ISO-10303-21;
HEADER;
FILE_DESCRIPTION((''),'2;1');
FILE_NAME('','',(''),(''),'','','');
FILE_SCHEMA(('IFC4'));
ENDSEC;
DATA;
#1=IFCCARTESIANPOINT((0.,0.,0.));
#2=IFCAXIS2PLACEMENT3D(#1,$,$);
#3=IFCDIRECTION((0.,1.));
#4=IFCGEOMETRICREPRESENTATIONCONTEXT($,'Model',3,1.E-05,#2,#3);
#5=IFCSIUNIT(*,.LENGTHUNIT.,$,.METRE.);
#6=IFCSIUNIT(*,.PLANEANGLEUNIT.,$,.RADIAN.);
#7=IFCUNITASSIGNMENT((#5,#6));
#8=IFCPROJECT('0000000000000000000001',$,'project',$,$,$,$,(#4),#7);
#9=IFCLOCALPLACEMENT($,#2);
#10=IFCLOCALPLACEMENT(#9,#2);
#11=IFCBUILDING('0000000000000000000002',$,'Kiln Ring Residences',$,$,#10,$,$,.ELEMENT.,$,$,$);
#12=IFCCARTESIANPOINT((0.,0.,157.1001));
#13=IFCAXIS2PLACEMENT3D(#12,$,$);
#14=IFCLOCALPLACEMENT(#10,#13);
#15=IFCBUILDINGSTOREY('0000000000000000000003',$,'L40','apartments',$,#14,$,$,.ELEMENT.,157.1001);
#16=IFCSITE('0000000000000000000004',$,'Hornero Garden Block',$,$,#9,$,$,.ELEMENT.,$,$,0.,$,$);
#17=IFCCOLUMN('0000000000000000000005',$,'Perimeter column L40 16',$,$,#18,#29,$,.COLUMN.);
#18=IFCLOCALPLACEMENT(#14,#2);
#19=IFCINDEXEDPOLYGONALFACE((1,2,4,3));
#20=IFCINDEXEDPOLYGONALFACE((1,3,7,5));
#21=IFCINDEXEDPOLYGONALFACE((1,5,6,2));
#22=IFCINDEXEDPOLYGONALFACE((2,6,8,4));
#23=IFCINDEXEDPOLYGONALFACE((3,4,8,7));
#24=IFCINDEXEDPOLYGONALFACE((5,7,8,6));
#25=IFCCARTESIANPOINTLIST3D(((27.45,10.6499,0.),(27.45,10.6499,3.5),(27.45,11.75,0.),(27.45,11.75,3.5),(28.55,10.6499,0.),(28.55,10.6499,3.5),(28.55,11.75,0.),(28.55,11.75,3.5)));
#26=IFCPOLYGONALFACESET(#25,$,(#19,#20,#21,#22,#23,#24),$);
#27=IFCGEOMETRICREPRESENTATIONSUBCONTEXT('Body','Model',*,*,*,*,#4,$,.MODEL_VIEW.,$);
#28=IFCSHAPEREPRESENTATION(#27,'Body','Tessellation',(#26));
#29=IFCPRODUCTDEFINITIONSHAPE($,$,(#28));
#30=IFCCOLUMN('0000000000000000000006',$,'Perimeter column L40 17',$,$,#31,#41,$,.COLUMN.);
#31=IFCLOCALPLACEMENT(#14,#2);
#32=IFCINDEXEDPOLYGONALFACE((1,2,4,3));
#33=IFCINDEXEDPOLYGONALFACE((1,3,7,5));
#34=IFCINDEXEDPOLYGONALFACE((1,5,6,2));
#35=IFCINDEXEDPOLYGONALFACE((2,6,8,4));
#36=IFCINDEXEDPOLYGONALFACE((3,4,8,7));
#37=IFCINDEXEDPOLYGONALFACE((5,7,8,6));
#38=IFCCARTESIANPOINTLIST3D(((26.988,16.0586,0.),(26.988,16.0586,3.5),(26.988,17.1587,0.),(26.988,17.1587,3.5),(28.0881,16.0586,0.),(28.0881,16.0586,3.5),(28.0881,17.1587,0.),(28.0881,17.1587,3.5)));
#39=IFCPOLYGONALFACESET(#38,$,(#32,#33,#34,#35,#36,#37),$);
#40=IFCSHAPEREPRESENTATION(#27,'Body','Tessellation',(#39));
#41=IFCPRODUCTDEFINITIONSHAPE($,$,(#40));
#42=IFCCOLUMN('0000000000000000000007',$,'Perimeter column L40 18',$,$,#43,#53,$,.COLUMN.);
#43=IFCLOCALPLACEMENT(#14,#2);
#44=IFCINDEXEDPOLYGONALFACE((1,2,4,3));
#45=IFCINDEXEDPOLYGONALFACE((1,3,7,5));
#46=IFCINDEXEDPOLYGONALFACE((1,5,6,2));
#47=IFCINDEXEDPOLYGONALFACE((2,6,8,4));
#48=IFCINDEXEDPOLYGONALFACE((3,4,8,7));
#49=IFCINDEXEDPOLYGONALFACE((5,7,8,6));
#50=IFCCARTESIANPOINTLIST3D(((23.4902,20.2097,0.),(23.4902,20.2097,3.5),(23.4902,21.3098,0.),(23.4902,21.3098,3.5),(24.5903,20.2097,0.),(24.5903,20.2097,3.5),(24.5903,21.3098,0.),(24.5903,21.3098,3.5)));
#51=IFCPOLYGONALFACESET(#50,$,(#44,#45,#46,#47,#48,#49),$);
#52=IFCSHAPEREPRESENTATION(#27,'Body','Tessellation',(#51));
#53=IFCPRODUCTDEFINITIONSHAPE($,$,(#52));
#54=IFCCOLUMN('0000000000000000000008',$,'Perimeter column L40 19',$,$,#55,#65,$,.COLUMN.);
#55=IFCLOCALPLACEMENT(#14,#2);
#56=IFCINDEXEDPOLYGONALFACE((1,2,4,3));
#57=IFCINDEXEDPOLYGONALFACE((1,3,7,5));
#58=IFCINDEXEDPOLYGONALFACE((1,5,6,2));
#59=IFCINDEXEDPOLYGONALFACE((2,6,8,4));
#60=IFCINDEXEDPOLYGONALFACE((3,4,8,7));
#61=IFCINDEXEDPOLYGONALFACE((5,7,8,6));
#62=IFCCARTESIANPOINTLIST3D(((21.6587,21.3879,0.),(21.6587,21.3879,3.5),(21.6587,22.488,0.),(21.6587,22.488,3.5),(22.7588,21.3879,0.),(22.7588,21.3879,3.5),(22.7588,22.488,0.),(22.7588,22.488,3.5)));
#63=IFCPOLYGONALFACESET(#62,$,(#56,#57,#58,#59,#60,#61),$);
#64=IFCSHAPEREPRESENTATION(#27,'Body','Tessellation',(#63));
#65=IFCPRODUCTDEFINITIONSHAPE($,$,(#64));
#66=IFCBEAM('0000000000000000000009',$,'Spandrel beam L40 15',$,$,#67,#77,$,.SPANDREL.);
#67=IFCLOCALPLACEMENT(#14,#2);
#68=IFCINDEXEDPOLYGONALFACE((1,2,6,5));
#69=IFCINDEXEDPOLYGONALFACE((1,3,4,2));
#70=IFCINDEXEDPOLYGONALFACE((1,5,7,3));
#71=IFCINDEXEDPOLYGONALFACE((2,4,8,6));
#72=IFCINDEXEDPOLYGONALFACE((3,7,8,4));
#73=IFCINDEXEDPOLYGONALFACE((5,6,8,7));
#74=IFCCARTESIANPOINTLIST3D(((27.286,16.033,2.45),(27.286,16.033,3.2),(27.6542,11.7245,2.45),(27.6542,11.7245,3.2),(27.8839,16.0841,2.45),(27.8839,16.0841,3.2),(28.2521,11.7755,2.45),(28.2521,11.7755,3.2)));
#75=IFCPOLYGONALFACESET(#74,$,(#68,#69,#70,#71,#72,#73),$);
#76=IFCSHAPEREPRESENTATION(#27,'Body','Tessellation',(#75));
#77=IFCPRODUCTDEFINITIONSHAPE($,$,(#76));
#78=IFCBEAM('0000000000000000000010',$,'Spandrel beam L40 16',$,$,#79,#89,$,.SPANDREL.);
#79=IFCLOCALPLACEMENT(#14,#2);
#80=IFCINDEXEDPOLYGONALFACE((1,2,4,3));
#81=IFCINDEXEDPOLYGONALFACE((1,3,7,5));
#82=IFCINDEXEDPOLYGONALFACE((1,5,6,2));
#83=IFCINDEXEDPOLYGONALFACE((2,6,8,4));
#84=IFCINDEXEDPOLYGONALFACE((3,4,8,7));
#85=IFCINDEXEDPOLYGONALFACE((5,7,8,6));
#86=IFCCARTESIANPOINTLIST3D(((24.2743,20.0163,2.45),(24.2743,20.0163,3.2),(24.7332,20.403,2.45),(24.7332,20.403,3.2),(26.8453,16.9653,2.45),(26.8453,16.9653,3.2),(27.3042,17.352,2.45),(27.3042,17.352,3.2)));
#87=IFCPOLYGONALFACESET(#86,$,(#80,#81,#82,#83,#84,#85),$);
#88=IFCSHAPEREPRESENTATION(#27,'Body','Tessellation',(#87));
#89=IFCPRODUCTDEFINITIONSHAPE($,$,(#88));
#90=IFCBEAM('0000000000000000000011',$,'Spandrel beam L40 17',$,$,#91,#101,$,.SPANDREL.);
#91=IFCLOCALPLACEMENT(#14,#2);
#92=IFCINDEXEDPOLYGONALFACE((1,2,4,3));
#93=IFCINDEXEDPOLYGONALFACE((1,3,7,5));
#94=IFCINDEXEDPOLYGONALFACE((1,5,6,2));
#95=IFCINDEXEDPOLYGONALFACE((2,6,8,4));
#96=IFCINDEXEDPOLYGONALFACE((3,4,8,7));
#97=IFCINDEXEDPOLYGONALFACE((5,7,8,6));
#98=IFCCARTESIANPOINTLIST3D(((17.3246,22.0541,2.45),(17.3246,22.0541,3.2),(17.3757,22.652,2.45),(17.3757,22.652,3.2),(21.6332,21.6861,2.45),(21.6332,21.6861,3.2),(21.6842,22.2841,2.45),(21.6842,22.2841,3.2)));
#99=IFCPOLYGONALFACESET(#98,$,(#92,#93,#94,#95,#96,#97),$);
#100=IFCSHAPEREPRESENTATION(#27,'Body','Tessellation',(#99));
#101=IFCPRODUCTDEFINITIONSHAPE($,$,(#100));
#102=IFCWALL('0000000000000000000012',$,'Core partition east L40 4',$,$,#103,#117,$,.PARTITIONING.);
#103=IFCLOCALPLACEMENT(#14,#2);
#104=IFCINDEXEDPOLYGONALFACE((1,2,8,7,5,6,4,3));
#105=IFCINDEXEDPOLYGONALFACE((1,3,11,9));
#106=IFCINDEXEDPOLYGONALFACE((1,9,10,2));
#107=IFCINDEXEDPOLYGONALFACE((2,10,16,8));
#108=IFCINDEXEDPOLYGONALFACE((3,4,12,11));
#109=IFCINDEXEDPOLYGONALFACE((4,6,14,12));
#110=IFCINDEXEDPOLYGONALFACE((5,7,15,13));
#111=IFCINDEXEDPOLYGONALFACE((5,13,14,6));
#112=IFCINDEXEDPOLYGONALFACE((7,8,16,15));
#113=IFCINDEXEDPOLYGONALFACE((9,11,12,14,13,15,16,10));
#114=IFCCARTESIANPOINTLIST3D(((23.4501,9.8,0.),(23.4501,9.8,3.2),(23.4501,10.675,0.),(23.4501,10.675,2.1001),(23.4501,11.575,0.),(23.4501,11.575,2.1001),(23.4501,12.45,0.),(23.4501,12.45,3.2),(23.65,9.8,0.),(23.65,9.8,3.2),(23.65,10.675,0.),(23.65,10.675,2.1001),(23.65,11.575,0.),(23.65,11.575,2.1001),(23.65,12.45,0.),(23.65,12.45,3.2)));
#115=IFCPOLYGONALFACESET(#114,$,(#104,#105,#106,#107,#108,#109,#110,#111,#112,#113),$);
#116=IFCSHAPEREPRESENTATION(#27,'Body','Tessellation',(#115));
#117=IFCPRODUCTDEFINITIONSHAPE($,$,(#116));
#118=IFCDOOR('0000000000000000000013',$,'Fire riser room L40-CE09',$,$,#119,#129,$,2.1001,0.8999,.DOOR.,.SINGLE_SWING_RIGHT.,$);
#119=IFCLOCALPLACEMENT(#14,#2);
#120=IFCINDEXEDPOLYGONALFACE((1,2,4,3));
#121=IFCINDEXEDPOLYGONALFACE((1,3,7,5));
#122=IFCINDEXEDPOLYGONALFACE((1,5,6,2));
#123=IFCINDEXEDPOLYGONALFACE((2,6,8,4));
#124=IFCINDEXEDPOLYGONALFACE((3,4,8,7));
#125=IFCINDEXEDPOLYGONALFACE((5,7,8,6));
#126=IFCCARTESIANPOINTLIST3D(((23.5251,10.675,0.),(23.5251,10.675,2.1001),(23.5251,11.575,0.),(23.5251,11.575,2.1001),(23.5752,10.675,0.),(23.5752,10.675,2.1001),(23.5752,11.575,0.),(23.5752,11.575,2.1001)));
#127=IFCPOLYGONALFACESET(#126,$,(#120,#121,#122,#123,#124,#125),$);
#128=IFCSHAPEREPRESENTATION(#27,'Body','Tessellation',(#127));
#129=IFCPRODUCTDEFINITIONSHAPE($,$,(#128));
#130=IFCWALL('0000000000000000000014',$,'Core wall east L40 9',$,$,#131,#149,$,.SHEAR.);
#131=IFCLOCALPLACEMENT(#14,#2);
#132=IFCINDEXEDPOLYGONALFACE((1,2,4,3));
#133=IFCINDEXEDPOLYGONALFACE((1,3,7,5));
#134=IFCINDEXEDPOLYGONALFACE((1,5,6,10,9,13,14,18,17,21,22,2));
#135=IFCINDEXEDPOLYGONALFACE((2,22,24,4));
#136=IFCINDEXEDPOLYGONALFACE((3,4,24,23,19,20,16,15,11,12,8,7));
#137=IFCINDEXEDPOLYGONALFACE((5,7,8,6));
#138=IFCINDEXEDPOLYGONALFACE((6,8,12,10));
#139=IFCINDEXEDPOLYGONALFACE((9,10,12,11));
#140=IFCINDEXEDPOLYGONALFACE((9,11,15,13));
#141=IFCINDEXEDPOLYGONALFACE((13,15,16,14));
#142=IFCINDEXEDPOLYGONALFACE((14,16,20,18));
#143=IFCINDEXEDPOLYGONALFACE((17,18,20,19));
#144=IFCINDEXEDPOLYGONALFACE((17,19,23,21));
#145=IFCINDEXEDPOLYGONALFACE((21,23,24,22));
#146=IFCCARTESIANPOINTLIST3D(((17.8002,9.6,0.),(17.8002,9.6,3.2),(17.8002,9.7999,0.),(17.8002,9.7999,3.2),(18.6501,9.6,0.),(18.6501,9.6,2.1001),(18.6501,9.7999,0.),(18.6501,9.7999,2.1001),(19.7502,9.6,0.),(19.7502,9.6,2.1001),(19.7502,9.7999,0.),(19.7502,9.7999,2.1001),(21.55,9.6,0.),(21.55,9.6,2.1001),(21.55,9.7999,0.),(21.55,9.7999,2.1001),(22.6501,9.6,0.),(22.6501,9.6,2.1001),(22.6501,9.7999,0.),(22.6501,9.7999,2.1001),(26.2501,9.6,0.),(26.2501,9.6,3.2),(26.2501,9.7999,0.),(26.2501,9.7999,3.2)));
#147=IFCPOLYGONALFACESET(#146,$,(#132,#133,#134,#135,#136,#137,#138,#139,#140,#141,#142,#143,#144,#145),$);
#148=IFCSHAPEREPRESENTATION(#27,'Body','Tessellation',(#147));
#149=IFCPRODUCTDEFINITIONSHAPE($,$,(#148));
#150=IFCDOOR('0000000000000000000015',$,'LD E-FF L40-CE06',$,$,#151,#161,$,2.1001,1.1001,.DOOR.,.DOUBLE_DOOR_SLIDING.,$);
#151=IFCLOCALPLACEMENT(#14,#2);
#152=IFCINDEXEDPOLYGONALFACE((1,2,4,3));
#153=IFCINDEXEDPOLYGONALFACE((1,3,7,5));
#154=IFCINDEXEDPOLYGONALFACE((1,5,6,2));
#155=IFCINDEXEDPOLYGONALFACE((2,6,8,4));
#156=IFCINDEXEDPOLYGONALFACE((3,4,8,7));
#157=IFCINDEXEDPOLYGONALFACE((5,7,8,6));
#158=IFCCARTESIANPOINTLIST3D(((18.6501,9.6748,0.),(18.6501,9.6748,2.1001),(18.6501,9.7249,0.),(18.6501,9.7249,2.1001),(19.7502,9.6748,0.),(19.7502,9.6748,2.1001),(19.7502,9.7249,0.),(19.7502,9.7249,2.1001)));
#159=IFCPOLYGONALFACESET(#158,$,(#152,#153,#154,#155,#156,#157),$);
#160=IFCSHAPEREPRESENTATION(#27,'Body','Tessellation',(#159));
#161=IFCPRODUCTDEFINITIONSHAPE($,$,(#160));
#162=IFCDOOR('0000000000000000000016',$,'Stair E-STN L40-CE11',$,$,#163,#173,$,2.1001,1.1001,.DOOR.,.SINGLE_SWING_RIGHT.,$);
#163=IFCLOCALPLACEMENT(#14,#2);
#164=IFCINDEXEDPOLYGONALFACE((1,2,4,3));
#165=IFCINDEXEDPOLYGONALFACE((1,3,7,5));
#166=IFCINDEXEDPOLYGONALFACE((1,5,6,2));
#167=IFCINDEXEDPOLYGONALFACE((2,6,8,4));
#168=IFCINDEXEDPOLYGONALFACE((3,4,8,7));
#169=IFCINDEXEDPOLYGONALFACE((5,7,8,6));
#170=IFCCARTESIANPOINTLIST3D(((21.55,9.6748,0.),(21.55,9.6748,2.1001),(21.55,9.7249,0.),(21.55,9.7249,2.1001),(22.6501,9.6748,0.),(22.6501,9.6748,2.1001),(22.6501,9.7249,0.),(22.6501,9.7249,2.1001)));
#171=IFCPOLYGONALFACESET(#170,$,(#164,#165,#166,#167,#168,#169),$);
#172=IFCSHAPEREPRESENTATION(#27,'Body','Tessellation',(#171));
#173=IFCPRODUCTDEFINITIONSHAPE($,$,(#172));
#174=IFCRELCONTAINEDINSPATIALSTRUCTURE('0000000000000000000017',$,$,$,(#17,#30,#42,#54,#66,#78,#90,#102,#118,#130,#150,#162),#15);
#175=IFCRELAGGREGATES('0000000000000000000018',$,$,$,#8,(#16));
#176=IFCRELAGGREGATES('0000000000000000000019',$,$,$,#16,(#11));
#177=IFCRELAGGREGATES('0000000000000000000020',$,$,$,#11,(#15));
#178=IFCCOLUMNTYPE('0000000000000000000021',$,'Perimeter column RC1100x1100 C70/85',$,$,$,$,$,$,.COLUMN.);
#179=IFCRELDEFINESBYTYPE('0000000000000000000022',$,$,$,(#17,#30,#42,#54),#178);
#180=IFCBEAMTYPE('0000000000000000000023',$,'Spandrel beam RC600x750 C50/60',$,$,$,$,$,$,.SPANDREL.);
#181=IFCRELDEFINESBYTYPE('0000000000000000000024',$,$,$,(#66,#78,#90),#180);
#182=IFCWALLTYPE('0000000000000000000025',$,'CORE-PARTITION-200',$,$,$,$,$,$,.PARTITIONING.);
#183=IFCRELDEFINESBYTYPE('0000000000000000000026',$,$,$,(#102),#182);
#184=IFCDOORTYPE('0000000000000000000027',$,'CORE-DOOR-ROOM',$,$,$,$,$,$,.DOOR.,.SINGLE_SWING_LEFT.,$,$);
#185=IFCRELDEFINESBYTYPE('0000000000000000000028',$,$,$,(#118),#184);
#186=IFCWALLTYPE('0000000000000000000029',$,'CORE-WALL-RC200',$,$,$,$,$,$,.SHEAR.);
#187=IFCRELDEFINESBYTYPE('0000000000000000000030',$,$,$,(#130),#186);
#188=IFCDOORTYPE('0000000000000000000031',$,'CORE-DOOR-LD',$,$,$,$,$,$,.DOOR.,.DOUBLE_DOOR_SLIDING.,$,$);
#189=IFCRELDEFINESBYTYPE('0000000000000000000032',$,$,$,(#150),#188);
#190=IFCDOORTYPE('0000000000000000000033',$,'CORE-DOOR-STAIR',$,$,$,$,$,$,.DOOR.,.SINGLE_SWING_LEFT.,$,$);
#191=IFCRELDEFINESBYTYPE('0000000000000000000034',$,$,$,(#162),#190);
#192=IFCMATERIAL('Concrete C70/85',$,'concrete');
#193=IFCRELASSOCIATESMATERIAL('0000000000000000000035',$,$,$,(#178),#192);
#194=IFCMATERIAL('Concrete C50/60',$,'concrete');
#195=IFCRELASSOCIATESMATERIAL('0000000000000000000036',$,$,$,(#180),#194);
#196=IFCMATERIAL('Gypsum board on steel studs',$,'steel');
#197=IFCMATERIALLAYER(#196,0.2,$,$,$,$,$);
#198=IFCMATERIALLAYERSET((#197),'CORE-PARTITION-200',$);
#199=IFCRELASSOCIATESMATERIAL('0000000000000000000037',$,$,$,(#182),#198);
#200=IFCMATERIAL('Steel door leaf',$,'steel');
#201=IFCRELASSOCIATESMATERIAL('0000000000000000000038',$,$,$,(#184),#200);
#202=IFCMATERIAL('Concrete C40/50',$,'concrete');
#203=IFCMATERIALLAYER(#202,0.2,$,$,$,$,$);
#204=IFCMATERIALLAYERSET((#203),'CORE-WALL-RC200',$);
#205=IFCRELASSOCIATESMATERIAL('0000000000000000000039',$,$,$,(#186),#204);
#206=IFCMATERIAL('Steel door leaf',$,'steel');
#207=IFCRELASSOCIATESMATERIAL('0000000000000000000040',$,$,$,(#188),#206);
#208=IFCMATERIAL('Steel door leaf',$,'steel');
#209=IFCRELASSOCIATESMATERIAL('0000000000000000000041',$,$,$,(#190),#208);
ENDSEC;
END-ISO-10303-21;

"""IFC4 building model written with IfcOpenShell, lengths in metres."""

from ifc_helpers import new_model, si_unit, direction, frame, frame_2d, origin, origin_2d, place, context, subcontext, project, spatial, rectangle, extrude, material, layer, layer_set, material_profile, profile_set, type_object, element, fill, save


model = new_model("IFC4")

# Units and contexts
model_context = context("Model", 3, precision=1e-05, world=origin(), true_north=direction((0.0, 1.0)))
body_context = subcontext(model_context, "Body", "Model", "MODEL_VIEW")
ifc_project = project(units=[si_unit("LENGTHUNIT", "METRE"), si_unit("PLANEANGLEUNIT", "RADIAN")], contexts=[model_context])

# Site, building, storey
site_placement = place(None, origin())
site = spatial("IfcSite", under=ifc_project, at=site_placement, Name="Hornero Garden Block", CompositionType="ELEMENT", RefElevation=0.0)
building_placement = place(site_placement, origin())
building = spatial("IfcBuilding", under=site, at=building_placement, Name="Kiln Ring Residences", CompositionType="ELEMENT")
storey_placement = place(building_placement, frame((0.0, 0.0, 157.1001)))
storey = spatial("IfcBuildingStorey", under=building, at=storey_placement, Name="L40", Description="apartments", CompositionType="ELEMENT", Elevation=157.1001)

# Columns
ifc_material_1 = material(Name="Concrete C70/85", Category="concrete")
ifc_material_profile_1 = material_profile(ifc_material_1, rectangle(XDim=1.1001, YDim=1.1001, at=origin_2d()), Name="RC1100x1100")
ifc_profile_set_1 = profile_set([ifc_material_profile_1], Name="Concrete C70/85")
column_type = type_object("IfcColumnType", Name="Perimeter column RC1100x1100 C70/85", PredefinedType="COLUMN", material=ifc_profile_set_1)
for number, where, z_axis, x_axis, name in (
    (1, (28.0, 11.2, 0.0), (0.0, 0.0, 1.0), (1.0, 0.0, 0.0), "Perimeter column L40 16"),
    (2, (27.5381, 16.6086, 0.0), (0.0, 0.0, 1.0), (1.0, 0.0, 0.0), "Perimeter column L40 17"),
    (3, (24.0403, 20.7598, 0.0), (0.0, 0.0, 1.0), (1.0, 0.0, 0.0), "Perimeter column L40 18"),
    (4, (22.2087, 21.938, 0.0), (0.0, 0.0, 1.0), (1.0, 0.0, 0.0), "Perimeter column L40 19"),
):
    element("IfcColumn", number, at=place(storey_placement, frame(where, z_axis=z_axis, x_axis=x_axis)), inside=storey, type_object=column_type, Name=name, PredefinedType="COLUMN", context=body_context, shape_type="SweptSolid", body=[
        extrude(rectangle(XDim=1.1001, YDim=1.1001, at=origin_2d()), origin(), (0.0, 0.0, 1.0), 3.5),
    ])

# Beams
ifc_material_2 = material(Name="Concrete C50/60", Category="concrete")
ifc_material_profile_2 = material_profile(ifc_material_2, rectangle(XDim=0.6001, YDim=0.75, at=origin_2d()), Name="RC600x750")
ifc_profile_set_2 = profile_set([ifc_material_profile_2], Name="Concrete C50/60")
beam_type = type_object("IfcBeamType", Name="Spandrel beam RC600x750 C50/60", PredefinedType="SPANDREL", material=ifc_profile_set_2)
beam_1_placement = place(storey_placement, frame((27.9531, 11.75, 2.825), z_axis=(-0.085139, 0.996369, 0.0), x_axis=(-0.996369, -0.085139, 0.0)))
element("IfcBeam", 5, at=beam_1_placement, inside=storey, type_object=beam_type, Name="Spandrel beam L40 15", PredefinedType="SPANDREL", context=body_context, shape_type="SweptSolid", body=[
    extrude(rectangle(XDim=0.6001, YDim=0.75, at=origin_2d()), origin(), (0.0, 0.0, 1.0), 4.3242),
])
beam_2_placement = place(storey_placement, frame((27.0747, 17.1587, 2.825), z_axis=(-0.644394, 0.764694, 0.0), x_axis=(-0.764694, -0.644394, 0.0)))
element("IfcBeam", 6, at=beam_2_placement, inside=storey, type_object=beam_type, Name="Spandrel beam L40 16", PredefinedType="SPANDREL", context=body_context, shape_type="SweptSolid", body=[
    extrude(rectangle(XDim=0.6001, YDim=0.75, at=origin_2d()), origin(), (0.0, 0.0, 1.0), 3.9897),
])
beam_3_placement = place(storey_placement, frame((21.6587, 21.9851, 2.825), z_axis=(-0.996374, 0.085082, 0.0), x_axis=(-0.085082, -0.996374, 0.0)))
element("IfcBeam", 7, at=beam_3_placement, inside=storey, type_object=beam_type, Name="Spandrel beam L40 17", PredefinedType="SPANDREL", context=body_context, shape_type="SweptSolid", body=[
    extrude(rectangle(XDim=0.6001, YDim=0.75, at=origin_2d()), origin(), (0.0, 0.0, 1.0), 4.3242),
])

# Wall, opening, door
ifc_material_3 = material(Name="Gypsum board on steel studs", Category="steel")
ifc_layer_1 = layer(ifc_material_3, 0.2)
ifc_layer_set_1 = layer_set([ifc_layer_1], Name="CORE-PARTITION-200")
wall_type_1 = type_object("IfcWallType", Name="CORE-PARTITION-200", PredefinedType="PARTITIONING", material=ifc_layer_set_1)
wall_1_placement = place(storey_placement, frame((23.55, 9.8, 0.0), z_axis=(0.0, 0.0, 1.0), x_axis=(0.0, 1.0, 0.0)))
wall_1 = element("IfcWall", 8, at=wall_1_placement, inside=storey, type_object=wall_type_1, Name="Core partition east L40 4", PredefinedType="PARTITIONING", context=body_context, shape_type="SweptSolid", body=[
    extrude(rectangle(XDim=2.6499, YDim=0.2, at=frame_2d((1.325, 0.0))), origin(), (0.0, 0.0, 1.0), 3.2),
])
opening_1_placement = place(wall_1_placement, frame((0.875, 0.0, 0.0)))
opening_1 = element("IfcOpeningElement", 9, at=opening_1_placement, cuts=wall_1, PredefinedType="OPENING", context=body_context, shape_type="SweptSolid", body=[
    extrude(rectangle(XDim=0.8999, YDim=2.1001, at=frame_2d((0.45, 1.05))), frame((0.0, 0.1099, 0.0), z_axis=(0.0, -1.0, 0.0), x_axis=(1.0, 0.0, 0.0)), (0.0, 0.0, 1.0), 0.22),
])
ifc_material_4 = material(Name="Steel door leaf", Category="steel")
door_type_1 = type_object("IfcDoorType", Name="CORE-DOOR-ROOM", OperationType="SINGLE_SWING_LEFT", PredefinedType="DOOR", material=ifc_material_4)
door_1_placement = place(opening_1_placement, origin())
door_1 = element("IfcDoor", 10, at=door_1_placement, inside=storey, type_object=door_type_1, Name="Fire riser room L40-CE09", OperationType="SINGLE_SWING_RIGHT", OverallHeight=2.1001, OverallWidth=0.8999, PredefinedType="DOOR", context=body_context, shape_type="SweptSolid", body=[
    extrude(rectangle(XDim=0.8999, YDim=2.1001, at=frame_2d((0.45, 1.05))), frame((0.0, 0.0249, 0.0), z_axis=(0.0, -1.0, 0.0), x_axis=(1.0, 0.0, 0.0)), (0.0, 0.0, 1.0), 0.05),
])
fill(opening_1, door_1)

# Wall, openings, doors
ifc_material_5 = material(Name="Concrete C40/50", Category="concrete")
ifc_layer_2 = layer(ifc_material_5, 0.2)
ifc_layer_set_2 = layer_set([ifc_layer_2], Name="CORE-WALL-RC200")
wall_type_2 = type_object("IfcWallType", Name="CORE-WALL-RC200", PredefinedType="SHEAR", material=ifc_layer_set_2)
wall_2_placement = place(storey_placement, frame((17.8, 9.7, 0.0), z_axis=(0.0, 0.0, 1.0), x_axis=(1.0, 0.0, 0.0)))
wall_2 = element("IfcWall", 11, at=wall_2_placement, inside=storey, type_object=wall_type_2, Name="Core wall east L40 9", PredefinedType="SHEAR", context=body_context, shape_type="SweptSolid", body=[
    extrude(rectangle(XDim=8.45, YDim=0.2, at=frame_2d((4.2251, 0.0))), origin(), (0.0, 0.0, 1.0), 3.2),
])
opening_2_placement = place(wall_2_placement, frame((0.8501, 0.0, 0.0)))
opening_2 = element("IfcOpeningElement", 12, at=opening_2_placement, cuts=wall_2, PredefinedType="OPENING", context=body_context, shape_type="SweptSolid", body=[
    extrude(rectangle(XDim=1.1001, YDim=2.1001, at=frame_2d((0.55, 1.05))), frame((0.0, 0.1099, 0.0), z_axis=(0.0, -1.0, 0.0), x_axis=(1.0, 0.0, 0.0)), (0.0, 0.0, 1.0), 0.22),
])
opening_3_placement = place(wall_2_placement, frame((3.75, 0.0, 0.0)))
opening_3 = element("IfcOpeningElement", 13, at=opening_3_placement, cuts=wall_2, PredefinedType="OPENING", context=body_context, shape_type="SweptSolid", body=[
    extrude(rectangle(XDim=1.1001, YDim=2.1001, at=frame_2d((0.55, 1.05))), frame((0.0, 0.1099, 0.0), z_axis=(0.0, -1.0, 0.0), x_axis=(1.0, 0.0, 0.0)), (0.0, 0.0, 1.0), 0.22),
])
ifc_material_6 = material(Name="Steel door leaf", Category="steel")
door_type_2 = type_object("IfcDoorType", Name="CORE-DOOR-LD", OperationType="DOUBLE_DOOR_SLIDING", PredefinedType="DOOR", material=ifc_material_6)
door_2_placement = place(opening_2_placement, origin())
door_2 = element("IfcDoor", 14, at=door_2_placement, inside=storey, type_object=door_type_2, Name="LD E-FF L40-CE06", OperationType="DOUBLE_DOOR_SLIDING", OverallHeight=2.1001, OverallWidth=1.1001, PredefinedType="DOOR", context=body_context, shape_type="SweptSolid", body=[
    extrude(rectangle(XDim=1.1001, YDim=2.1001, at=frame_2d((0.55, 1.05))), frame((0.0, 0.0249, 0.0), z_axis=(0.0, -1.0, 0.0), x_axis=(1.0, 0.0, 0.0)), (0.0, 0.0, 1.0), 0.05),
])
fill(opening_2, door_2)
ifc_material_7 = material(Name="Steel door leaf", Category="steel")
door_type_3 = type_object("IfcDoorType", Name="CORE-DOOR-STAIR", OperationType="SINGLE_SWING_LEFT", PredefinedType="DOOR", material=ifc_material_7)
door_3_placement = place(opening_3_placement, origin())
door_3 = element("IfcDoor", 15, at=door_3_placement, inside=storey, type_object=door_type_3, Name="Stair E-STN L40-CE11", OperationType="SINGLE_SWING_RIGHT", OverallHeight=2.1001, OverallWidth=1.1001, PredefinedType="DOOR", context=body_context, shape_type="SweptSolid", body=[
    extrude(rectangle(XDim=1.1001, YDim=2.1001, at=frame_2d((0.55, 1.05))), frame((0.0, 0.0249, 0.0), z_axis=(0.0, -1.0, 0.0), x_axis=(1.0, 0.0, 0.0)), (0.0, 0.0, 1.0), 0.05),
])
fill(opening_3, door_3)

save(model, "model.ifc")
